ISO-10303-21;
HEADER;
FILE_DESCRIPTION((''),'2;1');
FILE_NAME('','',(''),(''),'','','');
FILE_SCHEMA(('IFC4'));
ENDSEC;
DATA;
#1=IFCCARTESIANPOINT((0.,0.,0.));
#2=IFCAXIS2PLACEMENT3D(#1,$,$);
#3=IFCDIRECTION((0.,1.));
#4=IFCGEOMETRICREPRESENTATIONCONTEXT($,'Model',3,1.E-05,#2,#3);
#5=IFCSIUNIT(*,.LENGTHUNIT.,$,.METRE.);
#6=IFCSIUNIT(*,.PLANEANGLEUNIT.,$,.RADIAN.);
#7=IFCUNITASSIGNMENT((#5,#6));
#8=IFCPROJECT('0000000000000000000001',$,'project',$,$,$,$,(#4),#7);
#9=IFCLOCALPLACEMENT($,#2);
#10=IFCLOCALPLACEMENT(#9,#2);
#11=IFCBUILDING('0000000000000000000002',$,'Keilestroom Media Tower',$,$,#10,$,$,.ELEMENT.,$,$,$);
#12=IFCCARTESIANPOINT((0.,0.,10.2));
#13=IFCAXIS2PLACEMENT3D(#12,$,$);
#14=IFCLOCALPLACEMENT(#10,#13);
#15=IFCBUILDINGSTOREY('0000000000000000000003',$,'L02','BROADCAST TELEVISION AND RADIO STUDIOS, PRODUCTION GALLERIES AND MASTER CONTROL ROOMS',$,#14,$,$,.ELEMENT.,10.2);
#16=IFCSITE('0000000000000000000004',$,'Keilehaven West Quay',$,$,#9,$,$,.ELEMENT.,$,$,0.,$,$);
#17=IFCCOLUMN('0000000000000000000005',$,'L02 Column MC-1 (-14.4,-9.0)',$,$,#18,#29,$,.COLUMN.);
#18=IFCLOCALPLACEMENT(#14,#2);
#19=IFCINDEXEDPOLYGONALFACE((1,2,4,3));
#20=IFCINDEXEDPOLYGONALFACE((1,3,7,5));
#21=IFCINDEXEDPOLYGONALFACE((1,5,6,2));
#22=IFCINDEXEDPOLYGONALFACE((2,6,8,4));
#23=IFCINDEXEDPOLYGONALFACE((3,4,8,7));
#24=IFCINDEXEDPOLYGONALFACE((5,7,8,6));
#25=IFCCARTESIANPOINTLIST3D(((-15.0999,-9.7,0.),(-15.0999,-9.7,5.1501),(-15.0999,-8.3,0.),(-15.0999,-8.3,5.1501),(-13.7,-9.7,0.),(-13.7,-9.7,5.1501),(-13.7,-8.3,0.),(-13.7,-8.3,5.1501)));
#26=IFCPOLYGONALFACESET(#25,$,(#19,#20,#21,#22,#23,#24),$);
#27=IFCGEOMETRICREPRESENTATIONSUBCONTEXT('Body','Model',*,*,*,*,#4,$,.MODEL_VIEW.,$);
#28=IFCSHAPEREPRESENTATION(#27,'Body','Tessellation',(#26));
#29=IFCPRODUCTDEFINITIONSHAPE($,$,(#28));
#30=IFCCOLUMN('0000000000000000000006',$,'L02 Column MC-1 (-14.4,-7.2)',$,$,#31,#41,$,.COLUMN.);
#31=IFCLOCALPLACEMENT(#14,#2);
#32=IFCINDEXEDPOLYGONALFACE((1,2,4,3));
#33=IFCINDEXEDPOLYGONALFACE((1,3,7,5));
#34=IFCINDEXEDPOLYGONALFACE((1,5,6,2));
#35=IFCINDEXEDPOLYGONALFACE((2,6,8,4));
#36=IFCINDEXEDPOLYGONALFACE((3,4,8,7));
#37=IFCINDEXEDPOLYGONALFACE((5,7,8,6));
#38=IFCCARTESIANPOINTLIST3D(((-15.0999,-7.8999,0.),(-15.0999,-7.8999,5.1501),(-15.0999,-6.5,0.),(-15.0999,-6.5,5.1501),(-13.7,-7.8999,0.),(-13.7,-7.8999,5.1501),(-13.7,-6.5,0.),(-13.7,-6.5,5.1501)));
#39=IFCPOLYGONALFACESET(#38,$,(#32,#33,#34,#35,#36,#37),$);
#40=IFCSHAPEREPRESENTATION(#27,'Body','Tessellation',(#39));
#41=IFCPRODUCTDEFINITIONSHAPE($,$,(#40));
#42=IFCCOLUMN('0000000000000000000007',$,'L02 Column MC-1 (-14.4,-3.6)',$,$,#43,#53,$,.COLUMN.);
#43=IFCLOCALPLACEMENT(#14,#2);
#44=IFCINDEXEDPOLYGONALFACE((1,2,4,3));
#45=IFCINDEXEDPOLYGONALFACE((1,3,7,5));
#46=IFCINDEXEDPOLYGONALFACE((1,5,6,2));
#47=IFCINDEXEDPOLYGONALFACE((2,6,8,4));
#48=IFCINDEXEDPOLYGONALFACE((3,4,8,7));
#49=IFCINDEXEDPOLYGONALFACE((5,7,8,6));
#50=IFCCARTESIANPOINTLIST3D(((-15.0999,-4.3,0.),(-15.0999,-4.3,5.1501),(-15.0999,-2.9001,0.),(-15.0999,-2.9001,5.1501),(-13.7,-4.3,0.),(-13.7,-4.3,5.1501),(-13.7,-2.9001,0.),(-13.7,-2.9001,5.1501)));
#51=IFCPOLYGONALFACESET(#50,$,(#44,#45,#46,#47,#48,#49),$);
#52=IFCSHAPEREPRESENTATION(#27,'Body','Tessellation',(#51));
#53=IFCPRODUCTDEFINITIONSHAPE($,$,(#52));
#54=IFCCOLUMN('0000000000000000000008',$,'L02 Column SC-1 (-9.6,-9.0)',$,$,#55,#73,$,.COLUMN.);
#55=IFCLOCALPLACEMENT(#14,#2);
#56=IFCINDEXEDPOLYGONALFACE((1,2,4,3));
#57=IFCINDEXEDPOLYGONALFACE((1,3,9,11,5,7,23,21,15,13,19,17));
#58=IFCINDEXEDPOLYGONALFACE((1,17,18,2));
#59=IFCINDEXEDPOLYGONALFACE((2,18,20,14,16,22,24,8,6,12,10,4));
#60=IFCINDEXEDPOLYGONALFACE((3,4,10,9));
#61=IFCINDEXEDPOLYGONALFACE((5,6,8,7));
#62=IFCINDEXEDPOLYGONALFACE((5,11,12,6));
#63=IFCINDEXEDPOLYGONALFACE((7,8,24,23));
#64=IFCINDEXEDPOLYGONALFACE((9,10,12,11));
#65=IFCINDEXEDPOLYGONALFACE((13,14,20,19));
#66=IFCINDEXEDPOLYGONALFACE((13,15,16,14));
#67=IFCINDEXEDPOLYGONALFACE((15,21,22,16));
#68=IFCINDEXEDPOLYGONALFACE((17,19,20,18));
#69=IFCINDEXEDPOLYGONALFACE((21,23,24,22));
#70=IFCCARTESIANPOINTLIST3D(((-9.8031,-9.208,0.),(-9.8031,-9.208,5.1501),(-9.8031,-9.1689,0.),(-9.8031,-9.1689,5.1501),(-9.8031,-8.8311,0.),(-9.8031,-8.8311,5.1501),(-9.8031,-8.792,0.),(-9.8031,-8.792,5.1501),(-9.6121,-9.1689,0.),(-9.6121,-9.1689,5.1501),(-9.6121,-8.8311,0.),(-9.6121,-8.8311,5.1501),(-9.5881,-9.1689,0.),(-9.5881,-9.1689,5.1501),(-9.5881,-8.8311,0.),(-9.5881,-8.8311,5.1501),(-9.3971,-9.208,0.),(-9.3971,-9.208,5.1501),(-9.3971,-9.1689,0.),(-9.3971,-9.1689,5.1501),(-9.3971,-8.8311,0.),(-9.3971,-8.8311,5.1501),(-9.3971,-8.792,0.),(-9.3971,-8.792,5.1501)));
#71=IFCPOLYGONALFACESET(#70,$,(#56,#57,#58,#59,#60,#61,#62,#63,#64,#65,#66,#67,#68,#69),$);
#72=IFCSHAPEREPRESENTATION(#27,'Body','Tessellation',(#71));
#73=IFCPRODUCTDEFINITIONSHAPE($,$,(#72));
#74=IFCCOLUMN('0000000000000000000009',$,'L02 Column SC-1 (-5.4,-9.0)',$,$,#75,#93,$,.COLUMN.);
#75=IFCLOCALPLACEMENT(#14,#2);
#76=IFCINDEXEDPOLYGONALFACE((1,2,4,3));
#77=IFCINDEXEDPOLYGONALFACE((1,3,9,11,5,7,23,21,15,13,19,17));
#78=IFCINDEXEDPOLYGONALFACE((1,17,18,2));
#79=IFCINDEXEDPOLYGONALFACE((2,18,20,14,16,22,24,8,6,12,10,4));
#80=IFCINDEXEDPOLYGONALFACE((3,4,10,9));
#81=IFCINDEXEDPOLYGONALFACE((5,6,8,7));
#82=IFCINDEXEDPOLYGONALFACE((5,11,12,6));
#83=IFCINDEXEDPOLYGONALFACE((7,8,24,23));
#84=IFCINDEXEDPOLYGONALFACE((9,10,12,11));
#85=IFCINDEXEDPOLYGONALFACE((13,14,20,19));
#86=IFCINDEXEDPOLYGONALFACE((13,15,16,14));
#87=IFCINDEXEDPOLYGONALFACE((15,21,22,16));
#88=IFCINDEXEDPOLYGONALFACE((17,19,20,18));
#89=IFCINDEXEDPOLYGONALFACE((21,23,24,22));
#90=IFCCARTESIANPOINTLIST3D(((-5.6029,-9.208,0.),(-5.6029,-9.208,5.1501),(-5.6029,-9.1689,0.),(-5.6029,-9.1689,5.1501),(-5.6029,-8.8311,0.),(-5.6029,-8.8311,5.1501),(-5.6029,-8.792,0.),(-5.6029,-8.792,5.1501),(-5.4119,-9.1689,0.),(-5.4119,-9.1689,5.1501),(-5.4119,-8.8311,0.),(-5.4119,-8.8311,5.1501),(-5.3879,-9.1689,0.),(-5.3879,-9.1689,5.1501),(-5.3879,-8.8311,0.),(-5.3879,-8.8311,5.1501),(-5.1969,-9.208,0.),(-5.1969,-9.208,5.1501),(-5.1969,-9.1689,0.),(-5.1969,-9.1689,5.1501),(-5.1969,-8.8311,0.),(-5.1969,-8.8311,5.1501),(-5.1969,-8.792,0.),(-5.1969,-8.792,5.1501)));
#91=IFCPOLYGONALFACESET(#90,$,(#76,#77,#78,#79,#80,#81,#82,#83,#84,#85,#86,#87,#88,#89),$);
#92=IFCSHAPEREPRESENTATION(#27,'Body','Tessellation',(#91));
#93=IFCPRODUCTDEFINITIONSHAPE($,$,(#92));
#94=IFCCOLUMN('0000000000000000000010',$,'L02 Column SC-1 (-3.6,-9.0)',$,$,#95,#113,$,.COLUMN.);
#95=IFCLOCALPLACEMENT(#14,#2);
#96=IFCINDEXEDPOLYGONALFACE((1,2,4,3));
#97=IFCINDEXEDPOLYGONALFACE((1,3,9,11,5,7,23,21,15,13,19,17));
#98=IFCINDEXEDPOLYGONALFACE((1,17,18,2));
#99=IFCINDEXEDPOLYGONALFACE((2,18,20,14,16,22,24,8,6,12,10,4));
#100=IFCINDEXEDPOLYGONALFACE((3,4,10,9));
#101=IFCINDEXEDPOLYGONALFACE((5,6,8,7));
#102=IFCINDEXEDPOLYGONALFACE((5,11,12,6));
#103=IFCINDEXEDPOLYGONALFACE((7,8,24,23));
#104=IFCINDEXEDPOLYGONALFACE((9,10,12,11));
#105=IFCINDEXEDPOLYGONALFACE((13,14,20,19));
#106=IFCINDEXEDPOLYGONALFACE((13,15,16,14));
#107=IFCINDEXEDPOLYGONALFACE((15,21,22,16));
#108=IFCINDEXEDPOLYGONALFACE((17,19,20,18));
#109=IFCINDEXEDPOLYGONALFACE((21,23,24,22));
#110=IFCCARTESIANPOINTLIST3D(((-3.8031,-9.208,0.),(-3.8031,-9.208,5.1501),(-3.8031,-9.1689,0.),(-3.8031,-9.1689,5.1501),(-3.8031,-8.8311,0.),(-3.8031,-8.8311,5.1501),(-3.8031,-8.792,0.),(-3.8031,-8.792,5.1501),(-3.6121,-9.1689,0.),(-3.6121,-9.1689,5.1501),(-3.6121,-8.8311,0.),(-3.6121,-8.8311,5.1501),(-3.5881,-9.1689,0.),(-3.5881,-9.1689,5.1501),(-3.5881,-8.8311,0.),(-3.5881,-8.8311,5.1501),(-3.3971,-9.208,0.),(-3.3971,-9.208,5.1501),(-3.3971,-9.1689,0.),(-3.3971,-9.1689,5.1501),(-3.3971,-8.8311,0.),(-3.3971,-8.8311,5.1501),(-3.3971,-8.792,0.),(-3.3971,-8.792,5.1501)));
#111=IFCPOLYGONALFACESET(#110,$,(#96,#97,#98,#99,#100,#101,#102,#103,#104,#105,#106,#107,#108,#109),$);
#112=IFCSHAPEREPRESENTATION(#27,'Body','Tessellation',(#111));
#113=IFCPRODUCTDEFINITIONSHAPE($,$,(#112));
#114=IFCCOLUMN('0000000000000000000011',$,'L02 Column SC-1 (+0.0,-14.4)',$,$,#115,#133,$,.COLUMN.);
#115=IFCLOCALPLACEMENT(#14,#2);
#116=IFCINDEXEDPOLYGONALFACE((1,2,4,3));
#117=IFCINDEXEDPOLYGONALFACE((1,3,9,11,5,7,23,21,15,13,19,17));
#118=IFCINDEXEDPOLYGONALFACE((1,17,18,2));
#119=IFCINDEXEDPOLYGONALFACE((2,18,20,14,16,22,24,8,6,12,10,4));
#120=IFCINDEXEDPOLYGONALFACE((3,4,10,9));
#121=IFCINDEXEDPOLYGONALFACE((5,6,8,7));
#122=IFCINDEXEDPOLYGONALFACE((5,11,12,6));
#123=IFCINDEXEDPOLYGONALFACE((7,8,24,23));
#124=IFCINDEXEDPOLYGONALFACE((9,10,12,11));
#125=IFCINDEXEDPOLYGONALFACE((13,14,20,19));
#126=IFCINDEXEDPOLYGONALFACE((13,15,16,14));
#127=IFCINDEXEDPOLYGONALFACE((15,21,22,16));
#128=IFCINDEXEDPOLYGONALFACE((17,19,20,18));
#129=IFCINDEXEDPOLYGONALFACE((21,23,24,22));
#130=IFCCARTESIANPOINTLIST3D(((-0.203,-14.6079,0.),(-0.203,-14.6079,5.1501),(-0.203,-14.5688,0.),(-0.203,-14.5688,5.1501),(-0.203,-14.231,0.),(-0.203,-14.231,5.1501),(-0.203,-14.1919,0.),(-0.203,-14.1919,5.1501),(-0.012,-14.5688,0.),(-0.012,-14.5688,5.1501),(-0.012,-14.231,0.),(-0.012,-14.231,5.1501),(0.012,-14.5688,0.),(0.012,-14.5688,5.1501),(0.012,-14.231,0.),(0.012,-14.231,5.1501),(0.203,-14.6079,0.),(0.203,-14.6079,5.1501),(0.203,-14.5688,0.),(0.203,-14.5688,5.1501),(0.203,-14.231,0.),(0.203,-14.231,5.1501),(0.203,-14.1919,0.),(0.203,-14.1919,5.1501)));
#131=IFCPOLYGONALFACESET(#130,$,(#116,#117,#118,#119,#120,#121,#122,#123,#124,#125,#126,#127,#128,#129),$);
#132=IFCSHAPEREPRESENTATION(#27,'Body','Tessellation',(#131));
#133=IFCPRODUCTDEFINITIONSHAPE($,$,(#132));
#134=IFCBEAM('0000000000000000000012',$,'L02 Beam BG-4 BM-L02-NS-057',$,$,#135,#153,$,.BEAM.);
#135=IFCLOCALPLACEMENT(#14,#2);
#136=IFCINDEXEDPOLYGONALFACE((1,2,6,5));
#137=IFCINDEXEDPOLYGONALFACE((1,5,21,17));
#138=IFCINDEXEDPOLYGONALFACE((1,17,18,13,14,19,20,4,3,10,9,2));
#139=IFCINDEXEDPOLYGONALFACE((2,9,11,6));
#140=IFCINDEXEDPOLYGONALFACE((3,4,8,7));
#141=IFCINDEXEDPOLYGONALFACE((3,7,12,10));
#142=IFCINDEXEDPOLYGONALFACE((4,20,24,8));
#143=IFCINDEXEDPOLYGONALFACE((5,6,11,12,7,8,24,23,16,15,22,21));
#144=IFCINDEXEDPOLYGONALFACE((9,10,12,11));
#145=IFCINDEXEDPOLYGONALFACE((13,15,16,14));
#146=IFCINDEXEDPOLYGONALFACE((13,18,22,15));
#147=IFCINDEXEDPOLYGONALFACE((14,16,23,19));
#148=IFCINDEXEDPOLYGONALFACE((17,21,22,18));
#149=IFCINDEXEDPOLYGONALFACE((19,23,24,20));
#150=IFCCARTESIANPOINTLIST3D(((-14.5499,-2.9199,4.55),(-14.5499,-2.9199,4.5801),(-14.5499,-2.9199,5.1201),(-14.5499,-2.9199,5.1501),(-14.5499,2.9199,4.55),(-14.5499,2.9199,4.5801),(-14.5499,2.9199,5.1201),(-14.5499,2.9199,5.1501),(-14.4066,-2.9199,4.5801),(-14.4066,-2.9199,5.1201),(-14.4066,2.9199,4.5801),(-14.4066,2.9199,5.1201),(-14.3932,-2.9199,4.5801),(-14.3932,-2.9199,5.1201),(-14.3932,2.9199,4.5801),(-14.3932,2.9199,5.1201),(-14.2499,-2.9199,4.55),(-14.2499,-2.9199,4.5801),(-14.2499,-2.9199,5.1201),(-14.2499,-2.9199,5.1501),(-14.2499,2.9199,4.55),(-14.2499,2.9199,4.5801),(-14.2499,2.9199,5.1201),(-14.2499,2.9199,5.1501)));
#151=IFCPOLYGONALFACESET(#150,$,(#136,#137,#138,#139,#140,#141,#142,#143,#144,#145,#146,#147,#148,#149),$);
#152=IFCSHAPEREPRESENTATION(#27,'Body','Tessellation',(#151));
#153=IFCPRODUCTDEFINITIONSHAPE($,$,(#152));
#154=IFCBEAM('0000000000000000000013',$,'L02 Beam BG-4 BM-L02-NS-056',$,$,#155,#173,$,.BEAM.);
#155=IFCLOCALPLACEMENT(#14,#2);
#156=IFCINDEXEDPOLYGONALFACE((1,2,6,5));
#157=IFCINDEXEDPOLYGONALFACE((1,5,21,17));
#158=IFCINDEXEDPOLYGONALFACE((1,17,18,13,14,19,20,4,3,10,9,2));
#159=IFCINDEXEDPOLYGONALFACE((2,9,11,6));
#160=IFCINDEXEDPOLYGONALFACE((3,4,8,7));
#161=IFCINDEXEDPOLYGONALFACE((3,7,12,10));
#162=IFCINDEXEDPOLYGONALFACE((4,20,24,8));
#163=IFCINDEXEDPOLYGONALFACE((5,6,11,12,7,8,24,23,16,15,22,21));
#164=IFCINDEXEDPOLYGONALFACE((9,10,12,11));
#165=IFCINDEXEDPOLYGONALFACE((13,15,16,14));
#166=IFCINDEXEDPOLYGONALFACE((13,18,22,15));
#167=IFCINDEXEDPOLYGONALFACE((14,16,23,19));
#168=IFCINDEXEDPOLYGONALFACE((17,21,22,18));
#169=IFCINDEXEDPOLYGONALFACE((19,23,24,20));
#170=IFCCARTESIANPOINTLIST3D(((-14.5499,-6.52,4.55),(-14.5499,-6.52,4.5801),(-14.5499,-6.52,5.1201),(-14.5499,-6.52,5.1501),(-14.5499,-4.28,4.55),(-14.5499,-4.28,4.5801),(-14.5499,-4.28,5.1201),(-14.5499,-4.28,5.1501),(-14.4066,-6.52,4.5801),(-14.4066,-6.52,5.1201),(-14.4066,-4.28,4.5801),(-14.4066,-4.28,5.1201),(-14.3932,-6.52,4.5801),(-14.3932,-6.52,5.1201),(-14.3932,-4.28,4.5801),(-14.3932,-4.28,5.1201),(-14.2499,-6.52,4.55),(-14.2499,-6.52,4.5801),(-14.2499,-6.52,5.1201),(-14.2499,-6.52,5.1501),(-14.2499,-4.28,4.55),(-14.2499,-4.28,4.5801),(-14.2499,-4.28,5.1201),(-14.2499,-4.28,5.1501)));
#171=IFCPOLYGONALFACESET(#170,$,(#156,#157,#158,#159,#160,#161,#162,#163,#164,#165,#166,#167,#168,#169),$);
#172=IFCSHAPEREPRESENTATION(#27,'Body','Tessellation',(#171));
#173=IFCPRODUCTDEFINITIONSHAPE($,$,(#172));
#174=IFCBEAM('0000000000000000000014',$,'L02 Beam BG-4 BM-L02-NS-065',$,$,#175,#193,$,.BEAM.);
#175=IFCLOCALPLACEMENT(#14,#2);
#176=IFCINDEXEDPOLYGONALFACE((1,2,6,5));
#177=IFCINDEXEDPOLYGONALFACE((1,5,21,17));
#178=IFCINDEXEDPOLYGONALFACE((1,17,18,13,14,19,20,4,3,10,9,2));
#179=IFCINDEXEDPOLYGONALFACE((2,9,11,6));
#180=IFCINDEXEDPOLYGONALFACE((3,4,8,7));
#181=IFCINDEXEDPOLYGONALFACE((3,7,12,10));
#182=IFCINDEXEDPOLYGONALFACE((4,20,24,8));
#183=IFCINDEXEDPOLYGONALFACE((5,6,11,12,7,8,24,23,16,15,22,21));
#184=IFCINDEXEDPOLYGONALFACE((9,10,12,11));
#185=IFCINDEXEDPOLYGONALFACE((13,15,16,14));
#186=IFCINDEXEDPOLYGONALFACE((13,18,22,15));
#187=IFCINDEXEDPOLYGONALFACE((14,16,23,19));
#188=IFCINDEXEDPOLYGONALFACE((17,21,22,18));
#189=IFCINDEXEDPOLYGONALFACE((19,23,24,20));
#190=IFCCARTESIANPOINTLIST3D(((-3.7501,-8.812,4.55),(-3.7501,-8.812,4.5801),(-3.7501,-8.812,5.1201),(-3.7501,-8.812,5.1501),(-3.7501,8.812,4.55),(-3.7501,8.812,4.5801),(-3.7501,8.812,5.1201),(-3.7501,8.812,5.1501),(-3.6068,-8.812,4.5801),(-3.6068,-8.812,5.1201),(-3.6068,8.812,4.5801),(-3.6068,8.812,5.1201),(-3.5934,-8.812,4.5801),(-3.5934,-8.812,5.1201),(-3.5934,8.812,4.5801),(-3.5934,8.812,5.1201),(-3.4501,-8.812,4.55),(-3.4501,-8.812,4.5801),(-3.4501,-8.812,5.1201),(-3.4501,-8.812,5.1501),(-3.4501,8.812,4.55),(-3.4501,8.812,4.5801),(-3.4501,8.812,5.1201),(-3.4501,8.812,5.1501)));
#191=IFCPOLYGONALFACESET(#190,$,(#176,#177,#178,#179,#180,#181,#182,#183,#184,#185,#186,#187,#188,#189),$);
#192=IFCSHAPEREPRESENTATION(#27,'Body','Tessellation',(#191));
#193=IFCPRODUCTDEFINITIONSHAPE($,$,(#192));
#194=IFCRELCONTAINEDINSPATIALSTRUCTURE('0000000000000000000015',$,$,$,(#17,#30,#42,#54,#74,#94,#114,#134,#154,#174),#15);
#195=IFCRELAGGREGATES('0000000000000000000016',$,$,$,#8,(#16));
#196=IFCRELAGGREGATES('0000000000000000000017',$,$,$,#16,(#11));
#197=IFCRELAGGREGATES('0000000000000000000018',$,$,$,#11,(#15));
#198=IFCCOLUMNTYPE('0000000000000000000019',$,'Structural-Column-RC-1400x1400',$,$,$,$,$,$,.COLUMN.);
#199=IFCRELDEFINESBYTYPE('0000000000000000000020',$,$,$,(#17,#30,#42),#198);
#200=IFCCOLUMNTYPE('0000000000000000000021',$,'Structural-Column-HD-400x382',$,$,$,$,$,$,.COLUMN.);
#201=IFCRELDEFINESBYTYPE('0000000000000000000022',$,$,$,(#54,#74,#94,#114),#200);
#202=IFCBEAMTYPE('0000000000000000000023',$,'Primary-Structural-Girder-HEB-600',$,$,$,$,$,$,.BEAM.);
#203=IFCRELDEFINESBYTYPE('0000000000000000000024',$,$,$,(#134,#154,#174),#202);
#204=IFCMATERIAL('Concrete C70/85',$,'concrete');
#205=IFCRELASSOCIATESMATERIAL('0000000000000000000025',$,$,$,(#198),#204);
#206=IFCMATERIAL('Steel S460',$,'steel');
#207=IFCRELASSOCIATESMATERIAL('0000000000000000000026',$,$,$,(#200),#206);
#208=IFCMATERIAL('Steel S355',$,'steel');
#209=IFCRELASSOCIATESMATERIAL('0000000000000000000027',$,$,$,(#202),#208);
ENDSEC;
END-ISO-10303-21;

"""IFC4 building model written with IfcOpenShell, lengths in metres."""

from ifc_helpers import new_model, si_unit, direction, frame, origin, origin_2d, place, context, subcontext, project, spatial, rectangle, i_section, extrude, source, transform, mapped, material, material_profile, profile_set, type_object, element, save


model = new_model("IFC4")

# Units and contexts
model_context = context("Model", 3, precision=1e-05, world=origin(), true_north=direction((0.0, 1.0)))
body_context = subcontext(model_context, "Body", "Model", "MODEL_VIEW")
ifc_project = project(units=[si_unit("LENGTHUNIT", "METRE"), si_unit("PLANEANGLEUNIT", "RADIAN")], contexts=[model_context])

# Site, building, storey
site_placement = place(None, origin())
site = spatial("IfcSite", under=ifc_project, at=site_placement, Name="Keilehaven West Quay", CompositionType="ELEMENT", RefElevation=0.0)
building_placement = place(site_placement, origin())
building = spatial("IfcBuilding", under=site, at=building_placement, Name="Keilestroom Media Tower", CompositionType="ELEMENT")
storey_placement = place(building_placement, frame((0.0, 0.0, 10.2)))
storey = spatial("IfcBuildingStorey", under=building, at=storey_placement, Name="L02", Description="BROADCAST TELEVISION AND RADIO STUDIOS, PRODUCTION GALLERIES AND MASTER CONTROL ROOMS", CompositionType="ELEMENT", Elevation=10.2)

# Columns
ifc_material_1 = material(Name="Concrete C70/85", Category="concrete")
ifc_material_profile_1 = material_profile(ifc_material_1, rectangle(XDim=1.3999, YDim=1.3999, at=origin_2d()), Name="RC 1400x1400")
ifc_profile_set_1 = profile_set([ifc_material_profile_1], Name="Concrete C70/85")
column_type_1 = type_object("IfcColumnType", Name="Structural-Column-RC-1400x1400", PredefinedType="COLUMN", material=ifc_profile_set_1)
shared_shape_1 = source(origin(), body_context, "Body", "SweptSolid", [
    extrude(rectangle(XDim=1.3999, YDim=1.3999, at=origin_2d()), origin(), (0.0, 0.0, 1.0), 5.1501),
])
for number, where, z_axis, x_axis, name in (
    (1, (-14.3999, -9.0, 0.0), (0.0, 0.0, 1.0), (1.0, 0.0, 0.0), "L02 Column MC-1 (-14.4,-9.0)"),
    (2, (-14.3999, -7.2, 0.0), (0.0, 0.0, 1.0), (1.0, 0.0, 0.0), "L02 Column MC-1 (-14.4,-7.2)"),
    (3, (-14.3999, -3.6001, 0.0), (0.0, 0.0, 1.0), (1.0, 0.0, 0.0), "L02 Column MC-1 (-14.4,-3.6)"),
):
    element("IfcColumn", number, at=place(storey_placement, frame(where, z_axis=z_axis, x_axis=x_axis)), inside=storey, type_object=column_type_1, Name=name, PredefinedType="COLUMN", context=body_context, shape_type="MappedRepresentation", body=[
        mapped(shared_shape_1, transform((0.0, 0.0, 0.0), x_axis=(1.0, 0.0, 0.0), y_axis=(0.0, 1.0, 0.0), z_axis=(0.0, 0.0, 1.0), scale=1.0)),
    ])
ifc_material_2 = material(Name="Steel S460", Category="steel")
ifc_material_profile_2 = material_profile(ifc_material_2, i_section(OverallWidth=0.406, OverallDepth=0.416, WebThickness=0.0239, FlangeThickness=0.0391, at=origin_2d()), Name="HD 400x382")
ifc_profile_set_2 = profile_set([ifc_material_profile_2], Name="Steel S460")
column_type_2 = type_object("IfcColumnType", Name="Structural-Column-HD-400x382", PredefinedType="COLUMN", material=ifc_profile_set_2)
shared_shape_2 = source(origin(), body_context, "Body", "SweptSolid", [
    extrude(i_section(OverallWidth=0.406, OverallDepth=0.416, WebThickness=0.0239, FlangeThickness=0.0391, at=origin_2d()), origin(), (0.0, 0.0, 1.0), 5.1501),
])
for number, where, z_axis, x_axis, name in (
    (4, (-9.6001, -9.0, 0.0), (0.0, 0.0, 1.0), (1.0, 0.0, 0.0), "L02 Column SC-1 (-9.6,-9.0)"),
    (5, (-5.3999, -9.0, 0.0), (0.0, 0.0, 1.0), (1.0, 0.0, 0.0), "L02 Column SC-1 (-5.4,-9.0)"),
    (6, (-3.6001, -9.0, 0.0), (0.0, 0.0, 1.0), (1.0, 0.0, 0.0), "L02 Column SC-1 (-3.6,-9.0)"),
    (7, (0.0, -14.3999, 0.0), (0.0, 0.0, 1.0), (1.0, 0.0, 0.0), "L02 Column SC-1 (+0.0,-14.4)"),
):
    element("IfcColumn", number, at=place(storey_placement, frame(where, z_axis=z_axis, x_axis=x_axis)), inside=storey, type_object=column_type_2, Name=name, PredefinedType="COLUMN", context=body_context, shape_type="MappedRepresentation", body=[
        mapped(shared_shape_2, transform((0.0, 0.0, 0.0), x_axis=(1.0, 0.0, 0.0), y_axis=(0.0, 1.0, 0.0), z_axis=(0.0, 0.0, 1.0), scale=1.0)),
    ])

# Beams
ifc_material_3 = material(Name="Steel S355", Category="steel")
ifc_material_profile_3 = material_profile(ifc_material_3, i_section(OverallWidth=0.3, OverallDepth=0.6001, WebThickness=0.0134, FlangeThickness=0.03, at=origin_2d()), Name="HEB 600")
ifc_profile_set_3 = profile_set([ifc_material_profile_3], Name="Steel S355")
beam_type_1 = type_object("IfcBeamType", Name="Primary-Structural-Girder-HEB-600", PredefinedType="BEAM", material=ifc_profile_set_3)
shared_shape_3 = source(origin(), body_context, "Body", "SweptSolid", [
    extrude(i_section(OverallWidth=0.3, OverallDepth=0.6001, WebThickness=0.0134, FlangeThickness=0.03, at=origin_2d()), origin(), (0.0, 0.0, 1.0), 5.8398),
])
beam_1_placement = place(storey_placement, frame((-14.3999, -2.9199, 4.8501), z_axis=(0.0, 1.0, 0.0), x_axis=(-1.0, 0.0, 0.0)))
element("IfcBeam", 8, at=beam_1_placement, inside=storey, type_object=beam_type_1, Name="L02 Beam BG-4 BM-L02-NS-057", PredefinedType="BEAM", context=body_context, shape_type="MappedRepresentation", body=[
    mapped(shared_shape_3, transform((0.0, 0.0, 0.0), x_axis=(1.0, 0.0, 0.0), y_axis=(0.0, 1.0, 0.0), z_axis=(0.0, 0.0, 1.0), scale=1.0)),
])
shared_shape_4 = source(origin(), body_context, "Body", "SweptSolid", [
    extrude(i_section(OverallWidth=0.3, OverallDepth=0.6001, WebThickness=0.0134, FlangeThickness=0.03, at=origin_2d()), origin(), (0.0, 0.0, 1.0), 2.24),
])
beam_2_placement = place(storey_placement, frame((-14.3999, -6.52, 4.8501), z_axis=(0.0, 1.0, 0.0), x_axis=(-1.0, 0.0, 0.0)))
element("IfcBeam", 9, at=beam_2_placement, inside=storey, type_object=beam_type_1, Name="L02 Beam BG-4 BM-L02-NS-056", PredefinedType="BEAM", context=body_context, shape_type="MappedRepresentation", body=[
    mapped(shared_shape_4, transform((0.0, 0.0, 0.0), x_axis=(1.0, 0.0, 0.0), y_axis=(0.0, 1.0, 0.0), z_axis=(0.0, 0.0, 1.0), scale=1.0)),
])
shared_shape_5 = source(origin(), body_context, "Body", "SweptSolid", [
    extrude(i_section(OverallWidth=0.3, OverallDepth=0.6001, WebThickness=0.0134, FlangeThickness=0.03, at=origin_2d()), origin(), (0.0, 0.0, 1.0), 17.624),
])
beam_3_placement = place(storey_placement, frame((-3.6001, -8.812, 4.8501), z_axis=(0.0, 1.0, 0.0), x_axis=(-1.0, 0.0, 0.0)))
element("IfcBeam", 10, at=beam_3_placement, inside=storey, type_object=beam_type_1, Name="L02 Beam BG-4 BM-L02-NS-065", PredefinedType="BEAM", context=body_context, shape_type="MappedRepresentation", body=[
    mapped(shared_shape_5, transform((0.0, 0.0, 0.0), x_axis=(1.0, 0.0, 0.0), y_axis=(0.0, 1.0, 0.0), z_axis=(0.0, 0.0, 1.0), scale=1.0)),
])

save(model, "model.ifc")
